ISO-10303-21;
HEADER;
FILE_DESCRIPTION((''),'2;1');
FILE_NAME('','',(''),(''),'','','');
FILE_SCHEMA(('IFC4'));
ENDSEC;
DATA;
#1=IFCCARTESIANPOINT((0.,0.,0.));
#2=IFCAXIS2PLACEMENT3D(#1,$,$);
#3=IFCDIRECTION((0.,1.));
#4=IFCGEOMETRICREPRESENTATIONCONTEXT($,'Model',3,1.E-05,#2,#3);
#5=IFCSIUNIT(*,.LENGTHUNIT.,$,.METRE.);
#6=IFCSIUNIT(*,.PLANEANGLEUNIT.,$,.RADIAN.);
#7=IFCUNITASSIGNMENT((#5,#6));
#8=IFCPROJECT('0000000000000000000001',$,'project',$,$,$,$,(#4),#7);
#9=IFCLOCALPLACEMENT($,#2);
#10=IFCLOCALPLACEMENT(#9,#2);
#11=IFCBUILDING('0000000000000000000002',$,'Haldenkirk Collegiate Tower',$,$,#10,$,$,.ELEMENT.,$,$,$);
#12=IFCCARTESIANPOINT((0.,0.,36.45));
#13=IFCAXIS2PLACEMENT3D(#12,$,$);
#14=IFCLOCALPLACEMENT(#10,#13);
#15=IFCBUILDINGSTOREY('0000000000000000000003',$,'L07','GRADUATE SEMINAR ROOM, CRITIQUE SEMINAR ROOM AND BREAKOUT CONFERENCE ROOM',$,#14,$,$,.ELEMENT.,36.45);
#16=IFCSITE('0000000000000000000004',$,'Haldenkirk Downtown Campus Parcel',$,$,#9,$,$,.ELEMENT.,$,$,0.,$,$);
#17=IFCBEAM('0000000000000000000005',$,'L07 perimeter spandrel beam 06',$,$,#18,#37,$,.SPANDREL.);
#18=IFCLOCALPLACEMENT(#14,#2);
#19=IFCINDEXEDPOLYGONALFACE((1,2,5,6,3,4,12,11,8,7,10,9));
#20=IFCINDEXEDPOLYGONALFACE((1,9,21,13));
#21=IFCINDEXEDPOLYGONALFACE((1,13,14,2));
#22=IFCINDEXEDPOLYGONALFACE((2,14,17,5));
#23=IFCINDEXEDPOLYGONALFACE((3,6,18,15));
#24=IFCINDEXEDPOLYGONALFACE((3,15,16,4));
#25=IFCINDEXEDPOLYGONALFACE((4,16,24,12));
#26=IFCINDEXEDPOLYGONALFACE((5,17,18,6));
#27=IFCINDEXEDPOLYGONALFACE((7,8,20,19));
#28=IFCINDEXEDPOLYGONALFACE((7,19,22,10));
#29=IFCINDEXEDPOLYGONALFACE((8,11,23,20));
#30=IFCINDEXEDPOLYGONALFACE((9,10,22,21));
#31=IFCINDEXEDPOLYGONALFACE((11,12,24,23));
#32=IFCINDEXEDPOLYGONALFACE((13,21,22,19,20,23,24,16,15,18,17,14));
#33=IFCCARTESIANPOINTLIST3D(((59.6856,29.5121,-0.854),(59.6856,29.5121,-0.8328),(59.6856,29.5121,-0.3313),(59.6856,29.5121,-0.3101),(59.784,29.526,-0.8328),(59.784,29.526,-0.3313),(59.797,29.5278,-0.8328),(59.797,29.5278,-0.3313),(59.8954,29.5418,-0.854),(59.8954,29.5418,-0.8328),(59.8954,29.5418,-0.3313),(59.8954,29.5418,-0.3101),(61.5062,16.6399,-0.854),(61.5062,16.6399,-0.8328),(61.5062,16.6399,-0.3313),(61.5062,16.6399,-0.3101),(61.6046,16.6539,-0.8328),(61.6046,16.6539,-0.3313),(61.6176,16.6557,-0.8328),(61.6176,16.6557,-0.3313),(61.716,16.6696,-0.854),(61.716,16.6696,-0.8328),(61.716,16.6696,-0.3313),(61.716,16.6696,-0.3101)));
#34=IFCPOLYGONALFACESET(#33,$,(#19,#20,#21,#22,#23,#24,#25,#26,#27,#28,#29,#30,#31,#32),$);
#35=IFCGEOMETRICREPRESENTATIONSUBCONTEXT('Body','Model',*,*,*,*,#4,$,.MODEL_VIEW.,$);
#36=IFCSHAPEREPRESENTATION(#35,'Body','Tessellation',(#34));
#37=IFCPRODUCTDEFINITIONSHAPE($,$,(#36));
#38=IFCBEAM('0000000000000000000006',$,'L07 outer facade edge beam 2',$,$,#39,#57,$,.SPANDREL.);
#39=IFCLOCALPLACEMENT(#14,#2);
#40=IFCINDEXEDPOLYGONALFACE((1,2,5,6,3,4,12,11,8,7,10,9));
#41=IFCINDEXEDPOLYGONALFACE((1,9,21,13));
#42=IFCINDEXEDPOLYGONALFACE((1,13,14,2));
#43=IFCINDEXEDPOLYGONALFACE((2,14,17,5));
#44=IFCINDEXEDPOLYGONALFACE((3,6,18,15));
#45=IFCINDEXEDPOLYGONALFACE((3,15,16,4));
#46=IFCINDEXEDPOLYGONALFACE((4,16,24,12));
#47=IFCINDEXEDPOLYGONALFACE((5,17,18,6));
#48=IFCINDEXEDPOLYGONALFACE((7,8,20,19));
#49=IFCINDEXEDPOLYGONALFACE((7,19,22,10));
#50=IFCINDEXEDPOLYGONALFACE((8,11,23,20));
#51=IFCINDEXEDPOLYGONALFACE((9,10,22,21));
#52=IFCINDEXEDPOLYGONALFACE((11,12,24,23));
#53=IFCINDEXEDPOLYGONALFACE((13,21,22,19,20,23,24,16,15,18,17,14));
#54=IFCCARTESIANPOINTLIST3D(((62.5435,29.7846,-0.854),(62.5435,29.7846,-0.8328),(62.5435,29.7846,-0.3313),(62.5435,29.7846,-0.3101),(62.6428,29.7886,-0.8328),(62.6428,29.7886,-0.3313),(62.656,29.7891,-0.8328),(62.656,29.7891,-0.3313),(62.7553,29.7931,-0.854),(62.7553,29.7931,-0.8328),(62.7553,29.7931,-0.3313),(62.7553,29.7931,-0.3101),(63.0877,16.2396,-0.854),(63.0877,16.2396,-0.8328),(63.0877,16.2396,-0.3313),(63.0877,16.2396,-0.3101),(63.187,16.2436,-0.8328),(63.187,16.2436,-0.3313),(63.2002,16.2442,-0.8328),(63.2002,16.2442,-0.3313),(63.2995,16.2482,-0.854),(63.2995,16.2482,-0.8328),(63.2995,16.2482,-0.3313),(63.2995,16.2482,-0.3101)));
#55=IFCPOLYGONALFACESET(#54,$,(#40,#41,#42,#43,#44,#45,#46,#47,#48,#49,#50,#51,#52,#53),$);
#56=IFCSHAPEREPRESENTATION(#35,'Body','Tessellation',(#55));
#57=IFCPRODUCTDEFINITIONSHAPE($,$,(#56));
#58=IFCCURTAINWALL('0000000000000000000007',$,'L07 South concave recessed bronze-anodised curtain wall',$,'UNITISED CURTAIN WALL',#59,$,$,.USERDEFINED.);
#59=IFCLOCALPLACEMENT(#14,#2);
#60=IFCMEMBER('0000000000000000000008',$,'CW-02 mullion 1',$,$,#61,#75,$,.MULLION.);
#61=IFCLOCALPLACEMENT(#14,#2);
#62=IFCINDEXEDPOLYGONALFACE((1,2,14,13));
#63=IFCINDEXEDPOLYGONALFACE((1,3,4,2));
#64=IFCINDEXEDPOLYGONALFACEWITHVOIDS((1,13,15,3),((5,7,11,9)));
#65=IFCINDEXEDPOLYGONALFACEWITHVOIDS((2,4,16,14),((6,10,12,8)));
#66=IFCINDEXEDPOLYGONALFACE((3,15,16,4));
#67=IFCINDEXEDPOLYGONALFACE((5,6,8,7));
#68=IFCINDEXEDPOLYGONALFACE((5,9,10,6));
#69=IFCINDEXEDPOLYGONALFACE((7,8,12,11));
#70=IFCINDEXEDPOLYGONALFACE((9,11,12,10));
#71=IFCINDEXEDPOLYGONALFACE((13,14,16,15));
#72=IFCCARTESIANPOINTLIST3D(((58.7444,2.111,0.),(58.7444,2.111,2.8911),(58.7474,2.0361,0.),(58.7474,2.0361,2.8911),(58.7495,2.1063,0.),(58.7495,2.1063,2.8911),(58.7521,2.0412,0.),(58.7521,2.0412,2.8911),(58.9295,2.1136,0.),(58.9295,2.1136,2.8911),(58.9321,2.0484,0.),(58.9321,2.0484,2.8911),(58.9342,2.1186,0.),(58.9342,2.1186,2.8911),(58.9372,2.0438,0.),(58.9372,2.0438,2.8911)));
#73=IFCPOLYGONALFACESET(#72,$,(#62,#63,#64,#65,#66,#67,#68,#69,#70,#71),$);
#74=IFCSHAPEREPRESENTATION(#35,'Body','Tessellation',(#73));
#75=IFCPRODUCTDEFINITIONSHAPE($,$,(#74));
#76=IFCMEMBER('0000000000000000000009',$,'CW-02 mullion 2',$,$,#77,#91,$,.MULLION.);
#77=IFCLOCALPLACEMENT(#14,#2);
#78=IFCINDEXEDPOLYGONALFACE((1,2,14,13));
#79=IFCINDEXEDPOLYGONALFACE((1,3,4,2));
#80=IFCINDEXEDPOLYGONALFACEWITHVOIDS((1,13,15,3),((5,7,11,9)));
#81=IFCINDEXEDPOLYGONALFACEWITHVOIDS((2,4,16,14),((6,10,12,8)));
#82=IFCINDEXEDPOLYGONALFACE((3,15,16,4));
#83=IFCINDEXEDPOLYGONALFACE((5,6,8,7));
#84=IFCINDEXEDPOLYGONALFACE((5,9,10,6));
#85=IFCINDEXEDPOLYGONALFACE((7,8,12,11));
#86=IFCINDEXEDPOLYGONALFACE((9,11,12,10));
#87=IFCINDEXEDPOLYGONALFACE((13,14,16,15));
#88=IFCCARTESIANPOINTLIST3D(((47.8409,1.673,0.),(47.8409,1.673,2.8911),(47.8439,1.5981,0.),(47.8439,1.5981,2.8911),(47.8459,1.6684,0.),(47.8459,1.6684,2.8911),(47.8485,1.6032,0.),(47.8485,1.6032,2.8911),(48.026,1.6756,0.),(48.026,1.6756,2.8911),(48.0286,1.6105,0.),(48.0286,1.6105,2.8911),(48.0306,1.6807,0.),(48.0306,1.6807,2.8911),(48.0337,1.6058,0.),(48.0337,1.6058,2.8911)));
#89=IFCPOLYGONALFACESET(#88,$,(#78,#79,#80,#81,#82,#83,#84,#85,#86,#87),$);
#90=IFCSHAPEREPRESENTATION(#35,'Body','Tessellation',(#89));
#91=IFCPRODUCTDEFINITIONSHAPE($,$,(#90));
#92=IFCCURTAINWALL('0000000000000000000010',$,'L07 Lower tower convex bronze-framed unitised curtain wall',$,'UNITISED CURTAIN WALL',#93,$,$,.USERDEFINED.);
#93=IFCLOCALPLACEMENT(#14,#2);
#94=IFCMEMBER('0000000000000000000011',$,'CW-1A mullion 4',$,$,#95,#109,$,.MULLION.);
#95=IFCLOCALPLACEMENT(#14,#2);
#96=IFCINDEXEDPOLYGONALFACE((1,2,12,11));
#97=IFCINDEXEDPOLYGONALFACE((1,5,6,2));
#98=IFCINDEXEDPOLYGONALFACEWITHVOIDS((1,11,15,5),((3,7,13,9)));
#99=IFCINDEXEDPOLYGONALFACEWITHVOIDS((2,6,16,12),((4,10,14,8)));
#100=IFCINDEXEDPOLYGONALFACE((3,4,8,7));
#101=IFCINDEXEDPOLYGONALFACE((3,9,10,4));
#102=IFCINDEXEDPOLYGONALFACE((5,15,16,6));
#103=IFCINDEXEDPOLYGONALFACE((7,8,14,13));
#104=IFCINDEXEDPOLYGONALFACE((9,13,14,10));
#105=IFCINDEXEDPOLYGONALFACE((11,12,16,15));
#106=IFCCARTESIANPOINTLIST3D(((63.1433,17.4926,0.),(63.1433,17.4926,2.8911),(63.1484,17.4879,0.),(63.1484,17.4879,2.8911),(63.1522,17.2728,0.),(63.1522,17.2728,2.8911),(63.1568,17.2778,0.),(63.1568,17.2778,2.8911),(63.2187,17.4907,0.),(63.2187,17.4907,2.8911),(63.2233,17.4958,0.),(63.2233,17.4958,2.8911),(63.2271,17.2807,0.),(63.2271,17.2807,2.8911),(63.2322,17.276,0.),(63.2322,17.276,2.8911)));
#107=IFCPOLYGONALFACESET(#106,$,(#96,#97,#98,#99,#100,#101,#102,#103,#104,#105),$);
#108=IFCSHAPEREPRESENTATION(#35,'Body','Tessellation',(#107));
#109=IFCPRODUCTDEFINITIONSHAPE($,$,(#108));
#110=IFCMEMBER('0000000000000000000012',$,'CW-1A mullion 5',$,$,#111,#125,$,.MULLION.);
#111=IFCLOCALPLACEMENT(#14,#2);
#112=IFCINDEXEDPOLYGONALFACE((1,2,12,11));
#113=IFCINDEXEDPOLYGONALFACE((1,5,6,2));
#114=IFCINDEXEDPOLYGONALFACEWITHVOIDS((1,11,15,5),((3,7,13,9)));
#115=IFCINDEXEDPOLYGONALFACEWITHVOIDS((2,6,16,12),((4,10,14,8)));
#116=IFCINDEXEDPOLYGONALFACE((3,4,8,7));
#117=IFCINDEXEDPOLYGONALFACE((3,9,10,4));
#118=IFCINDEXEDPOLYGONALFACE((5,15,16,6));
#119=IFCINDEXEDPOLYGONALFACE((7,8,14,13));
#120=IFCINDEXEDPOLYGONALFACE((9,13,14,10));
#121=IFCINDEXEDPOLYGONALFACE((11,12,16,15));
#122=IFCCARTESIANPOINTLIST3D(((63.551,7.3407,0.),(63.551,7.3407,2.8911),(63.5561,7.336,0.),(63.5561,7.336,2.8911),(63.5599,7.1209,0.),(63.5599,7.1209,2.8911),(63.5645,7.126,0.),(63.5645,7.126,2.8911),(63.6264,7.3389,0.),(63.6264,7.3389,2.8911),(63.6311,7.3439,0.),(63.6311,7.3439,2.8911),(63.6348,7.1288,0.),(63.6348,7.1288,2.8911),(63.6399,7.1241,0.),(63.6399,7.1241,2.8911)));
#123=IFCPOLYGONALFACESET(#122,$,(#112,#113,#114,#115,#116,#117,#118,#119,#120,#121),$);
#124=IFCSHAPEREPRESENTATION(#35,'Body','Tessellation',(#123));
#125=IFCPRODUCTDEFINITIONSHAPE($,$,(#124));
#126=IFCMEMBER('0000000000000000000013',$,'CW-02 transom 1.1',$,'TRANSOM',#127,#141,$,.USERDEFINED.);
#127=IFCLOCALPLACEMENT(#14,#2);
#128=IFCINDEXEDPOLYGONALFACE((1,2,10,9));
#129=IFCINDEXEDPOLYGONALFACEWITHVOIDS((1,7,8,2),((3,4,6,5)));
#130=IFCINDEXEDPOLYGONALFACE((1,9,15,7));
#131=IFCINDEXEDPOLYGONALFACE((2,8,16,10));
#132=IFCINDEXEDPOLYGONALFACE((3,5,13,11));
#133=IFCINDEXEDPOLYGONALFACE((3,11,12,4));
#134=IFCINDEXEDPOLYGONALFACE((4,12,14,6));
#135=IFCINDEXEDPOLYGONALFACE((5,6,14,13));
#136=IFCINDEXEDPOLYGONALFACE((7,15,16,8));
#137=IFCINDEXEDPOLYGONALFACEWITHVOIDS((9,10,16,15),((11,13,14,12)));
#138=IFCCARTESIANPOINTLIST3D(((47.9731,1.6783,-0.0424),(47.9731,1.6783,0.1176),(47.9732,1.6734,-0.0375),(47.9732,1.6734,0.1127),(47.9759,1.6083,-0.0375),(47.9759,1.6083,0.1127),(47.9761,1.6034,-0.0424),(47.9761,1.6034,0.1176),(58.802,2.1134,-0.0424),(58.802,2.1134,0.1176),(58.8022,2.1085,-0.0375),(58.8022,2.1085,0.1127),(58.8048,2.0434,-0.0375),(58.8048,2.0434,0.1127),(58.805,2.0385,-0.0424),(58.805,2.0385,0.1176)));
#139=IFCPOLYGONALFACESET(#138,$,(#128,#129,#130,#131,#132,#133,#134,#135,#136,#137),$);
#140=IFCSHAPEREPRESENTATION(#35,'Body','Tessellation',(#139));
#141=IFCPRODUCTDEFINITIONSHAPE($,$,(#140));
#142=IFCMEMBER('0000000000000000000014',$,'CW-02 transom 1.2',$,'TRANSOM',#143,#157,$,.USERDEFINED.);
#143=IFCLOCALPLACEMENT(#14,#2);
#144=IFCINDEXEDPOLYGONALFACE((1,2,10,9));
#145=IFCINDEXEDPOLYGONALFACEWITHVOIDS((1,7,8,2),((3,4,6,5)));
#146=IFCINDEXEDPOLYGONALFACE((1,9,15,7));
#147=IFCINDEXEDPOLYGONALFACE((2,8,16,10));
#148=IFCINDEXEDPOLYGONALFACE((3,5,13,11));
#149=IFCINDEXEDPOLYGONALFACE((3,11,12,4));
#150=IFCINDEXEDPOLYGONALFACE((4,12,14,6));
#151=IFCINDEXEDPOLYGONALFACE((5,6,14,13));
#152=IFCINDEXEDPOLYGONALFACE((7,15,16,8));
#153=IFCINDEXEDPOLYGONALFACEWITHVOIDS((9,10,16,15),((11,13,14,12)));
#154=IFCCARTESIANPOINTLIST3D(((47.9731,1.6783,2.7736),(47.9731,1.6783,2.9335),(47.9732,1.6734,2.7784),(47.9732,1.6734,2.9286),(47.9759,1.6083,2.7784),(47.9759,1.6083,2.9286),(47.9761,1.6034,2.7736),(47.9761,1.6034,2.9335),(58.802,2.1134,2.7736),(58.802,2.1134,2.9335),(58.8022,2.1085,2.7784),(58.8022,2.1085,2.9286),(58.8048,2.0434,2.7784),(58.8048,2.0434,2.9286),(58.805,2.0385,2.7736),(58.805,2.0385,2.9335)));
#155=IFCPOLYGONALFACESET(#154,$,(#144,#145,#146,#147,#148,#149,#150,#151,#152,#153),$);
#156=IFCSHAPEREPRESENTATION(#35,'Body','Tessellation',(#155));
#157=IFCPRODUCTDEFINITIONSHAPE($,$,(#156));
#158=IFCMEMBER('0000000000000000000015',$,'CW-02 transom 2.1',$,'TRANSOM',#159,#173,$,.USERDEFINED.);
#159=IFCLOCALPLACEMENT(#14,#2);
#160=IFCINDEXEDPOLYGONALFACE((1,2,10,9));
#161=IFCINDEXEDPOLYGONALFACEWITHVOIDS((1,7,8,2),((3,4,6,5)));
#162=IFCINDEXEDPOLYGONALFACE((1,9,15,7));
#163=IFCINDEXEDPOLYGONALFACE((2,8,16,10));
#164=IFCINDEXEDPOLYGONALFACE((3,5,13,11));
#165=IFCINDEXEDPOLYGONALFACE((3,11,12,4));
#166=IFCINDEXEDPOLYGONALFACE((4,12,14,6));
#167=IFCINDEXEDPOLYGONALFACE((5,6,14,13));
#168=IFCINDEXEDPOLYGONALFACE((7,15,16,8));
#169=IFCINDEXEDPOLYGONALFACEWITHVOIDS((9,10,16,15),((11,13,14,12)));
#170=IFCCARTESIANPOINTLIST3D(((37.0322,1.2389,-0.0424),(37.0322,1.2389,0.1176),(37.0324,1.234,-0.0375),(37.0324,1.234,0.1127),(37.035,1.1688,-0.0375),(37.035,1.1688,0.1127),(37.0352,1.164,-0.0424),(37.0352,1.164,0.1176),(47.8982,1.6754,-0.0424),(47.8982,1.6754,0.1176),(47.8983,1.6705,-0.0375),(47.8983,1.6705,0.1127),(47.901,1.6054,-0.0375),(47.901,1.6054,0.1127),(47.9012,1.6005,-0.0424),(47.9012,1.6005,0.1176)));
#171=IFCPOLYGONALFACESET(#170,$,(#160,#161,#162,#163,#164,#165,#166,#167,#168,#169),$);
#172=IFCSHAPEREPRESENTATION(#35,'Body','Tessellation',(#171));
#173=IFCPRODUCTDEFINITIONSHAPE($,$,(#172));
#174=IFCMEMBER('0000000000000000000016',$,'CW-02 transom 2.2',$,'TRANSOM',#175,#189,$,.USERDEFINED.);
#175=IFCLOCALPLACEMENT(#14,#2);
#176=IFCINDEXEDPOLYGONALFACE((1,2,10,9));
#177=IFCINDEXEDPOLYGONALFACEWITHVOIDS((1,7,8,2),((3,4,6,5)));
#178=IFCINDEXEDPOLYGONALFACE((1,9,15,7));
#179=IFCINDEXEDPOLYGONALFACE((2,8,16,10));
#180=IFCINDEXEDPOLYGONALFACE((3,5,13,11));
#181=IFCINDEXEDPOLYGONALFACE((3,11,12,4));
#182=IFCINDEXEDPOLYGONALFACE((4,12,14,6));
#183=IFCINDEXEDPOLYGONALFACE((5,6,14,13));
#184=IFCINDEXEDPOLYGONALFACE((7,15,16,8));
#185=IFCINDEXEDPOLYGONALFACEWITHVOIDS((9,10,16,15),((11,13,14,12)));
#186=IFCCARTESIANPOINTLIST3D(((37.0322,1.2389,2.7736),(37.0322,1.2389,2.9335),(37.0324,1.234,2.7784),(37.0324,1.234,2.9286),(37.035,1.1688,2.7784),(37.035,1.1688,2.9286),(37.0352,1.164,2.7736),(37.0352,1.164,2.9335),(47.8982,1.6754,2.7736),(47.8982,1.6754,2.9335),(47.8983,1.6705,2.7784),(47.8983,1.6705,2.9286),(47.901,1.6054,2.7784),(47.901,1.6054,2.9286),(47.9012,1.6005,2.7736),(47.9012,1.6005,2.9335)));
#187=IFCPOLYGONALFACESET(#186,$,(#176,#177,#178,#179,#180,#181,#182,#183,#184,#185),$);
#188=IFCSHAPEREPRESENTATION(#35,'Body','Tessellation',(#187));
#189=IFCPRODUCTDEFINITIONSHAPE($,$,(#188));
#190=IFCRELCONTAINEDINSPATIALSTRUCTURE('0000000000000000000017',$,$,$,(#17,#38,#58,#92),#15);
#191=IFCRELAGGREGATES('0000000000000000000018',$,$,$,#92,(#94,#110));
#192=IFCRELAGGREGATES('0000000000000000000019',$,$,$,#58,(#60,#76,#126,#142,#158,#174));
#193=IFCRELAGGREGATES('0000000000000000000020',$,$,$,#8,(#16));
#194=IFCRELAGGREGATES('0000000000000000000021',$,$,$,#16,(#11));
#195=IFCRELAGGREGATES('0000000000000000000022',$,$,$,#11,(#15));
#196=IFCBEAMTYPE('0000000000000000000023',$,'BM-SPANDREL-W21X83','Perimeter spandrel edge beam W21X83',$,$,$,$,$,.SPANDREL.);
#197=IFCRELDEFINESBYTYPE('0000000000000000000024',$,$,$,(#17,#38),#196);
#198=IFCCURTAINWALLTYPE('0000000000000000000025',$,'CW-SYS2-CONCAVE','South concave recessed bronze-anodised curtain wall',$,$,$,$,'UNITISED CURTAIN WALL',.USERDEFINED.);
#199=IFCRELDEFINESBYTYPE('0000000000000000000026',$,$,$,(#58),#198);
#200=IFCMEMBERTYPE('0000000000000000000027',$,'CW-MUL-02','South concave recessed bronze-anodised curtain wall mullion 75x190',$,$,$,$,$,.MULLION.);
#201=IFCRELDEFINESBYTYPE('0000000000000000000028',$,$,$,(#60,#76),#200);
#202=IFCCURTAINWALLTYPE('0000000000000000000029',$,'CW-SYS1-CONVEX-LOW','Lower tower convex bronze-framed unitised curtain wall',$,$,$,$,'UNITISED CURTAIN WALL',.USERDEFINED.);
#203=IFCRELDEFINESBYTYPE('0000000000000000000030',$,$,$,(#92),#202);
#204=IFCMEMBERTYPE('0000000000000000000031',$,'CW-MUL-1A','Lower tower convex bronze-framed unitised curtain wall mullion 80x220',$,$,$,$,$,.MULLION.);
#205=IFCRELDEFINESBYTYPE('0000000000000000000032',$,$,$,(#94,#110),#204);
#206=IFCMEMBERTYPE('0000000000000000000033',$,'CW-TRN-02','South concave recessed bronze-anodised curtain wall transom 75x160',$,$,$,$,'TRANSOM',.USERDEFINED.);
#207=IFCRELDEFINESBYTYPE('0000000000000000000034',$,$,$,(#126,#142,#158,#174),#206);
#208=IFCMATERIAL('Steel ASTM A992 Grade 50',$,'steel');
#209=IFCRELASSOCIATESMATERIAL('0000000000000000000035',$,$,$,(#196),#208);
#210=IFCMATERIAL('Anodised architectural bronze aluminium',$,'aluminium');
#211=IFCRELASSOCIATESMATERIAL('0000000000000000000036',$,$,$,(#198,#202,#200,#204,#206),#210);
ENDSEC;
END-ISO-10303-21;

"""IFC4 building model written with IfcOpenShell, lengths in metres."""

from ifc_helpers import new_model, si_unit, direction, frame, origin, origin_2d, place, context, subcontext, project, spatial, hollow_rectangle, i_section, extrude, material, material_profile, profile_set, type_object, element, aggregate, save


model = new_model("IFC4")

# Units and contexts
model_context = context("Model", 3, precision=1e-05, world=origin(), true_north=direction((0.0, 1.0)))
body_context = subcontext(model_context, "Body", "Model", "MODEL_VIEW")
ifc_project = project(units=[si_unit("LENGTHUNIT", "METRE"), si_unit("PLANEANGLEUNIT", "RADIAN")], contexts=[model_context])

# Site, building, storey
site_placement = place(None, origin())
site = spatial("IfcSite", under=ifc_project, at=site_placement, Name="Haldenkirk Downtown Campus Parcel", CompositionType="ELEMENT", RefElevation=0.0)
building_placement = place(site_placement, origin())
building = spatial("IfcBuilding", under=site, at=building_placement, Name="Haldenkirk Collegiate Tower", CompositionType="ELEMENT")
storey_placement = place(building_placement, frame((0.0, 0.0, 36.45)))
storey = spatial("IfcBuildingStorey", under=building, at=storey_placement, Name="L07", Description="GRADUATE SEMINAR ROOM, CRITIQUE SEMINAR ROOM AND BREAKOUT CONFERENCE ROOM", CompositionType="ELEMENT", Elevation=36.45)

# Beams
ifc_material_1 = material(Name="Steel ASTM A992 Grade 50", Category="steel")
ifc_material_profile_1 = material_profile(ifc_material_1, i_section(OverallWidth=0.2119, OverallDepth=0.5439, WebThickness=0.0132, FlangeThickness=0.0212, at=origin_2d()), Name="W21X83")
ifc_profile_set_1 = profile_set([ifc_material_profile_1], Name="Steel ASTM A992 Grade 50")
beam_type_1 = type_object("IfcBeamType", Name="BM-SPANDREL-W21X83", Description="Perimeter spandrel edge beam W21X83", PredefinedType="SPANDREL", material=ifc_profile_set_1)
beam_1_placement = place(storey_placement, frame((61.6111, 16.6548, -0.582), z_axis=(-0.140041, 0.990146, 0.0), x_axis=(-0.990146, -0.140041, 0.0)))
element("IfcBeam", 1, at=beam_1_placement, inside=storey, type_object=beam_type_1, Name="L07 perimeter spandrel beam 06", PredefinedType="SPANDREL", context=body_context, shape_type="SweptSolid", body=[
    extrude(i_section(OverallWidth=0.2119, OverallDepth=0.5439, WebThickness=0.0132, FlangeThickness=0.0212, at=origin_2d()), origin(), (0.0, 0.0, 1.0), 13.0002),
])
beam_2_placement = place(storey_placement, frame((63.1936, 16.2439, -0.582), z_axis=(-0.040144, 0.999194, 0.0), x_axis=(-0.999194, -0.040144, 0.0)))
element("IfcBeam", 2, at=beam_2_placement, inside=storey, type_object=beam_type_1, Name="L07 outer facade edge beam 2", PredefinedType="SPANDREL", context=body_context, shape_type="SweptSolid", body=[
    extrude(i_section(OverallWidth=0.2119, OverallDepth=0.5439, WebThickness=0.0132, FlangeThickness=0.0212, at=origin_2d()), origin(), (0.0, 0.0, 1.0), 13.5559),
])

# Curtain walls, members
ifc_material_2 = material(Name="Anodised architectural bronze aluminium", Category="aluminium")
curtain_wall_type_1 = type_object("IfcCurtainWallType", Name="CW-SYS2-CONCAVE", Description="South concave recessed bronze-anodised curtain wall", ElementType="UNITISED CURTAIN WALL", PredefinedType="USERDEFINED", material=ifc_material_2)
curtain_wall_1_placement = place(storey_placement, origin())
curtain_wall_1 = element("IfcCurtainWall", 3, at=curtain_wall_1_placement, inside=storey, type_object=curtain_wall_type_1, Name="L07 South concave recessed bronze-anodised curtain wall", ObjectType="UNITISED CURTAIN WALL", PredefinedType="USERDEFINED")
ifc_material_profile_2 = material_profile(ifc_material_2, hollow_rectangle(XDim=0.075, YDim=0.1899, WallThickness=0.0049, at=origin_2d()), Name="CW-MUL-02")
ifc_profile_set_2 = profile_set([ifc_material_profile_2], Name="Anodised architectural bronze aluminium")
member_type_1 = type_object("IfcMemberType", Name="CW-MUL-02", Description="South concave recessed bronze-anodised curtain wall mullion 75x190", PredefinedType="MULLION", material=ifc_profile_set_2)
member_1_placement = place(storey_placement, frame((58.8408, 2.0774, 0.0), z_axis=(0.0, 0.0, 1.0), x_axis=(0.040133, -0.999194, 0.0)))
member_1 = element("IfcMember", 4, at=member_1_placement, type_object=member_type_1, Name="CW-02 mullion 1", PredefinedType="MULLION", context=body_context, shape_type="SweptSolid", body=[
    extrude(hollow_rectangle(XDim=0.075, YDim=0.1899, WallThickness=0.0049, at=origin_2d()), origin(), (0.0, 0.0, 1.0), 2.8911),
])
member_2_placement = place(storey_placement, frame((47.9373, 1.6394, 0.0), z_axis=(0.0, 0.0, 1.0), x_axis=(0.040133, -0.999194, 0.0)))
member_2 = element("IfcMember", 5, at=member_2_placement, type_object=member_type_1, Name="CW-02 mullion 2", PredefinedType="MULLION", context=body_context, shape_type="SweptSolid", body=[
    extrude(hollow_rectangle(XDim=0.075, YDim=0.1899, WallThickness=0.0049, at=origin_2d()), origin(), (0.0, 0.0, 1.0), 2.8911),
])
curtain_wall_type_2 = type_object("IfcCurtainWallType", Name="CW-SYS1-CONVEX-LOW", Description="Lower tower convex bronze-framed unitised curtain wall", ElementType="UNITISED CURTAIN WALL", PredefinedType="USERDEFINED", material=ifc_material_2)
curtain_wall_2_placement = place(storey_placement, origin())
curtain_wall_2 = element("IfcCurtainWall", 6, at=curtain_wall_2_placement, inside=storey, type_object=curtain_wall_type_2, Name="L07 Lower tower convex bronze-framed unitised curtain wall", ObjectType="UNITISED CURTAIN WALL", PredefinedType="USERDEFINED")
ifc_material_profile_3 = material_profile(ifc_material_2, hollow_rectangle(XDim=0.0801, YDim=0.22, WallThickness=0.0049, at=origin_2d()), Name="CW-MUL-1A")
ifc_profile_set_3 = profile_set([ifc_material_profile_3], Name="Anodised architectural bronze aluminium")
member_type_2 = type_object("IfcMemberType", Name="CW-MUL-1A", Description="Lower tower convex bronze-framed unitised curtain wall mullion 80x220", PredefinedType="MULLION", material=ifc_profile_set_3)
member_3_placement = place(storey_placement, frame((63.1877, 17.3843, 0.0), z_axis=(0.0, 0.0, 1.0), x_axis=(0.999194, 0.040132, 0.0)))
member_3 = element("IfcMember", 7, at=member_3_placement, type_object=member_type_2, Name="CW-1A mullion 4", PredefinedType="MULLION", context=body_context, shape_type="SweptSolid", body=[
    extrude(hollow_rectangle(XDim=0.0801, YDim=0.22, WallThickness=0.0049, at=origin_2d()), origin(), (0.0, 0.0, 1.0), 2.8911),
])
member_4_placement = place(storey_placement, frame((63.5955, 7.2324, 0.0), z_axis=(0.0, 0.0, 1.0), x_axis=(0.999194, 0.040132, 0.0)))
member_4 = element("IfcMember", 8, at=member_4_placement, type_object=member_type_2, Name="CW-1A mullion 5", PredefinedType="MULLION", context=body_context, shape_type="SweptSolid", body=[
    extrude(hollow_rectangle(XDim=0.0801, YDim=0.22, WallThickness=0.0049, at=origin_2d()), origin(), (0.0, 0.0, 1.0), 2.8911),
])

# Members
ifc_material_profile_4 = material_profile(ifc_material_2, hollow_rectangle(XDim=0.075, YDim=0.1599, WallThickness=0.0049, at=origin_2d()), Name="CW-TRN-02")
ifc_profile_set_4 = profile_set([ifc_material_profile_4], Name="Anodised architectural bronze aluminium")
member_type_3 = type_object("IfcMemberType", Name="CW-TRN-02", Description="South concave recessed bronze-anodised curtain wall transom 75x160", ElementType="TRANSOM", PredefinedType="USERDEFINED", material=ifc_profile_set_4)
member_5_placement = place(storey_placement, frame((58.8035, 2.0759, 0.0376), z_axis=(-0.999194, -0.040143, 0.0), x_axis=(0.040143, -0.999194, 0.0)))
member_5 = element("IfcMember", 9, at=member_5_placement, type_object=member_type_3, Name="CW-02 transom 1.1", ObjectType="TRANSOM", PredefinedType="USERDEFINED", context=body_context, shape_type="SweptSolid", body=[
    extrude(hollow_rectangle(XDim=0.075, YDim=0.1599, WallThickness=0.0049, at=origin_2d()), origin(), (0.0, 0.0, 1.0), 10.8376),
])
member_6_placement = place(storey_placement, frame((58.8035, 2.0759, 2.8535), z_axis=(-0.999194, -0.040143, 0.0), x_axis=(0.040143, -0.999194, 0.0)))
member_6 = element("IfcMember", 10, at=member_6_placement, type_object=member_type_3, Name="CW-02 transom 1.2", ObjectType="TRANSOM", PredefinedType="USERDEFINED", context=body_context, shape_type="SweptSolid", body=[
    extrude(hollow_rectangle(XDim=0.075, YDim=0.1599, WallThickness=0.0049, at=origin_2d()), origin(), (0.0, 0.0, 1.0), 10.8376),
])
member_7_placement = place(storey_placement, frame((47.8997, 1.6379, 0.0376), z_axis=(-0.999194, -0.040141, 0.0), x_axis=(0.040141, -0.999194, 0.0)))
member_7 = element("IfcMember", 11, at=member_7_placement, type_object=member_type_3, Name="CW-02 transom 2.1", ObjectType="TRANSOM", PredefinedType="USERDEFINED", context=body_context, shape_type="SweptSolid", body=[
    extrude(hollow_rectangle(XDim=0.075, YDim=0.1599, WallThickness=0.0049, at=origin_2d()), origin(), (0.0, 0.0, 1.0), 10.8748),
])
member_8_placement = place(storey_placement, frame((47.8997, 1.6379, 2.8535), z_axis=(-0.999194, -0.040141, 0.0), x_axis=(0.040141, -0.999194, 0.0)))
member_8 = element("IfcMember", 12, at=member_8_placement, type_object=member_type_3, Name="CW-02 transom 2.2", ObjectType="TRANSOM", PredefinedType="USERDEFINED", context=body_context, shape_type="SweptSolid", body=[
    extrude(hollow_rectangle(XDim=0.075, YDim=0.1599, WallThickness=0.0049, at=origin_2d()), origin(), (0.0, 0.0, 1.0), 10.8748),
])

aggregate(curtain_wall_2, [member_3, member_4])
aggregate(curtain_wall_1, [member_1, member_2, member_5, member_6, member_7, member_8])

save(model, "model.ifc")
